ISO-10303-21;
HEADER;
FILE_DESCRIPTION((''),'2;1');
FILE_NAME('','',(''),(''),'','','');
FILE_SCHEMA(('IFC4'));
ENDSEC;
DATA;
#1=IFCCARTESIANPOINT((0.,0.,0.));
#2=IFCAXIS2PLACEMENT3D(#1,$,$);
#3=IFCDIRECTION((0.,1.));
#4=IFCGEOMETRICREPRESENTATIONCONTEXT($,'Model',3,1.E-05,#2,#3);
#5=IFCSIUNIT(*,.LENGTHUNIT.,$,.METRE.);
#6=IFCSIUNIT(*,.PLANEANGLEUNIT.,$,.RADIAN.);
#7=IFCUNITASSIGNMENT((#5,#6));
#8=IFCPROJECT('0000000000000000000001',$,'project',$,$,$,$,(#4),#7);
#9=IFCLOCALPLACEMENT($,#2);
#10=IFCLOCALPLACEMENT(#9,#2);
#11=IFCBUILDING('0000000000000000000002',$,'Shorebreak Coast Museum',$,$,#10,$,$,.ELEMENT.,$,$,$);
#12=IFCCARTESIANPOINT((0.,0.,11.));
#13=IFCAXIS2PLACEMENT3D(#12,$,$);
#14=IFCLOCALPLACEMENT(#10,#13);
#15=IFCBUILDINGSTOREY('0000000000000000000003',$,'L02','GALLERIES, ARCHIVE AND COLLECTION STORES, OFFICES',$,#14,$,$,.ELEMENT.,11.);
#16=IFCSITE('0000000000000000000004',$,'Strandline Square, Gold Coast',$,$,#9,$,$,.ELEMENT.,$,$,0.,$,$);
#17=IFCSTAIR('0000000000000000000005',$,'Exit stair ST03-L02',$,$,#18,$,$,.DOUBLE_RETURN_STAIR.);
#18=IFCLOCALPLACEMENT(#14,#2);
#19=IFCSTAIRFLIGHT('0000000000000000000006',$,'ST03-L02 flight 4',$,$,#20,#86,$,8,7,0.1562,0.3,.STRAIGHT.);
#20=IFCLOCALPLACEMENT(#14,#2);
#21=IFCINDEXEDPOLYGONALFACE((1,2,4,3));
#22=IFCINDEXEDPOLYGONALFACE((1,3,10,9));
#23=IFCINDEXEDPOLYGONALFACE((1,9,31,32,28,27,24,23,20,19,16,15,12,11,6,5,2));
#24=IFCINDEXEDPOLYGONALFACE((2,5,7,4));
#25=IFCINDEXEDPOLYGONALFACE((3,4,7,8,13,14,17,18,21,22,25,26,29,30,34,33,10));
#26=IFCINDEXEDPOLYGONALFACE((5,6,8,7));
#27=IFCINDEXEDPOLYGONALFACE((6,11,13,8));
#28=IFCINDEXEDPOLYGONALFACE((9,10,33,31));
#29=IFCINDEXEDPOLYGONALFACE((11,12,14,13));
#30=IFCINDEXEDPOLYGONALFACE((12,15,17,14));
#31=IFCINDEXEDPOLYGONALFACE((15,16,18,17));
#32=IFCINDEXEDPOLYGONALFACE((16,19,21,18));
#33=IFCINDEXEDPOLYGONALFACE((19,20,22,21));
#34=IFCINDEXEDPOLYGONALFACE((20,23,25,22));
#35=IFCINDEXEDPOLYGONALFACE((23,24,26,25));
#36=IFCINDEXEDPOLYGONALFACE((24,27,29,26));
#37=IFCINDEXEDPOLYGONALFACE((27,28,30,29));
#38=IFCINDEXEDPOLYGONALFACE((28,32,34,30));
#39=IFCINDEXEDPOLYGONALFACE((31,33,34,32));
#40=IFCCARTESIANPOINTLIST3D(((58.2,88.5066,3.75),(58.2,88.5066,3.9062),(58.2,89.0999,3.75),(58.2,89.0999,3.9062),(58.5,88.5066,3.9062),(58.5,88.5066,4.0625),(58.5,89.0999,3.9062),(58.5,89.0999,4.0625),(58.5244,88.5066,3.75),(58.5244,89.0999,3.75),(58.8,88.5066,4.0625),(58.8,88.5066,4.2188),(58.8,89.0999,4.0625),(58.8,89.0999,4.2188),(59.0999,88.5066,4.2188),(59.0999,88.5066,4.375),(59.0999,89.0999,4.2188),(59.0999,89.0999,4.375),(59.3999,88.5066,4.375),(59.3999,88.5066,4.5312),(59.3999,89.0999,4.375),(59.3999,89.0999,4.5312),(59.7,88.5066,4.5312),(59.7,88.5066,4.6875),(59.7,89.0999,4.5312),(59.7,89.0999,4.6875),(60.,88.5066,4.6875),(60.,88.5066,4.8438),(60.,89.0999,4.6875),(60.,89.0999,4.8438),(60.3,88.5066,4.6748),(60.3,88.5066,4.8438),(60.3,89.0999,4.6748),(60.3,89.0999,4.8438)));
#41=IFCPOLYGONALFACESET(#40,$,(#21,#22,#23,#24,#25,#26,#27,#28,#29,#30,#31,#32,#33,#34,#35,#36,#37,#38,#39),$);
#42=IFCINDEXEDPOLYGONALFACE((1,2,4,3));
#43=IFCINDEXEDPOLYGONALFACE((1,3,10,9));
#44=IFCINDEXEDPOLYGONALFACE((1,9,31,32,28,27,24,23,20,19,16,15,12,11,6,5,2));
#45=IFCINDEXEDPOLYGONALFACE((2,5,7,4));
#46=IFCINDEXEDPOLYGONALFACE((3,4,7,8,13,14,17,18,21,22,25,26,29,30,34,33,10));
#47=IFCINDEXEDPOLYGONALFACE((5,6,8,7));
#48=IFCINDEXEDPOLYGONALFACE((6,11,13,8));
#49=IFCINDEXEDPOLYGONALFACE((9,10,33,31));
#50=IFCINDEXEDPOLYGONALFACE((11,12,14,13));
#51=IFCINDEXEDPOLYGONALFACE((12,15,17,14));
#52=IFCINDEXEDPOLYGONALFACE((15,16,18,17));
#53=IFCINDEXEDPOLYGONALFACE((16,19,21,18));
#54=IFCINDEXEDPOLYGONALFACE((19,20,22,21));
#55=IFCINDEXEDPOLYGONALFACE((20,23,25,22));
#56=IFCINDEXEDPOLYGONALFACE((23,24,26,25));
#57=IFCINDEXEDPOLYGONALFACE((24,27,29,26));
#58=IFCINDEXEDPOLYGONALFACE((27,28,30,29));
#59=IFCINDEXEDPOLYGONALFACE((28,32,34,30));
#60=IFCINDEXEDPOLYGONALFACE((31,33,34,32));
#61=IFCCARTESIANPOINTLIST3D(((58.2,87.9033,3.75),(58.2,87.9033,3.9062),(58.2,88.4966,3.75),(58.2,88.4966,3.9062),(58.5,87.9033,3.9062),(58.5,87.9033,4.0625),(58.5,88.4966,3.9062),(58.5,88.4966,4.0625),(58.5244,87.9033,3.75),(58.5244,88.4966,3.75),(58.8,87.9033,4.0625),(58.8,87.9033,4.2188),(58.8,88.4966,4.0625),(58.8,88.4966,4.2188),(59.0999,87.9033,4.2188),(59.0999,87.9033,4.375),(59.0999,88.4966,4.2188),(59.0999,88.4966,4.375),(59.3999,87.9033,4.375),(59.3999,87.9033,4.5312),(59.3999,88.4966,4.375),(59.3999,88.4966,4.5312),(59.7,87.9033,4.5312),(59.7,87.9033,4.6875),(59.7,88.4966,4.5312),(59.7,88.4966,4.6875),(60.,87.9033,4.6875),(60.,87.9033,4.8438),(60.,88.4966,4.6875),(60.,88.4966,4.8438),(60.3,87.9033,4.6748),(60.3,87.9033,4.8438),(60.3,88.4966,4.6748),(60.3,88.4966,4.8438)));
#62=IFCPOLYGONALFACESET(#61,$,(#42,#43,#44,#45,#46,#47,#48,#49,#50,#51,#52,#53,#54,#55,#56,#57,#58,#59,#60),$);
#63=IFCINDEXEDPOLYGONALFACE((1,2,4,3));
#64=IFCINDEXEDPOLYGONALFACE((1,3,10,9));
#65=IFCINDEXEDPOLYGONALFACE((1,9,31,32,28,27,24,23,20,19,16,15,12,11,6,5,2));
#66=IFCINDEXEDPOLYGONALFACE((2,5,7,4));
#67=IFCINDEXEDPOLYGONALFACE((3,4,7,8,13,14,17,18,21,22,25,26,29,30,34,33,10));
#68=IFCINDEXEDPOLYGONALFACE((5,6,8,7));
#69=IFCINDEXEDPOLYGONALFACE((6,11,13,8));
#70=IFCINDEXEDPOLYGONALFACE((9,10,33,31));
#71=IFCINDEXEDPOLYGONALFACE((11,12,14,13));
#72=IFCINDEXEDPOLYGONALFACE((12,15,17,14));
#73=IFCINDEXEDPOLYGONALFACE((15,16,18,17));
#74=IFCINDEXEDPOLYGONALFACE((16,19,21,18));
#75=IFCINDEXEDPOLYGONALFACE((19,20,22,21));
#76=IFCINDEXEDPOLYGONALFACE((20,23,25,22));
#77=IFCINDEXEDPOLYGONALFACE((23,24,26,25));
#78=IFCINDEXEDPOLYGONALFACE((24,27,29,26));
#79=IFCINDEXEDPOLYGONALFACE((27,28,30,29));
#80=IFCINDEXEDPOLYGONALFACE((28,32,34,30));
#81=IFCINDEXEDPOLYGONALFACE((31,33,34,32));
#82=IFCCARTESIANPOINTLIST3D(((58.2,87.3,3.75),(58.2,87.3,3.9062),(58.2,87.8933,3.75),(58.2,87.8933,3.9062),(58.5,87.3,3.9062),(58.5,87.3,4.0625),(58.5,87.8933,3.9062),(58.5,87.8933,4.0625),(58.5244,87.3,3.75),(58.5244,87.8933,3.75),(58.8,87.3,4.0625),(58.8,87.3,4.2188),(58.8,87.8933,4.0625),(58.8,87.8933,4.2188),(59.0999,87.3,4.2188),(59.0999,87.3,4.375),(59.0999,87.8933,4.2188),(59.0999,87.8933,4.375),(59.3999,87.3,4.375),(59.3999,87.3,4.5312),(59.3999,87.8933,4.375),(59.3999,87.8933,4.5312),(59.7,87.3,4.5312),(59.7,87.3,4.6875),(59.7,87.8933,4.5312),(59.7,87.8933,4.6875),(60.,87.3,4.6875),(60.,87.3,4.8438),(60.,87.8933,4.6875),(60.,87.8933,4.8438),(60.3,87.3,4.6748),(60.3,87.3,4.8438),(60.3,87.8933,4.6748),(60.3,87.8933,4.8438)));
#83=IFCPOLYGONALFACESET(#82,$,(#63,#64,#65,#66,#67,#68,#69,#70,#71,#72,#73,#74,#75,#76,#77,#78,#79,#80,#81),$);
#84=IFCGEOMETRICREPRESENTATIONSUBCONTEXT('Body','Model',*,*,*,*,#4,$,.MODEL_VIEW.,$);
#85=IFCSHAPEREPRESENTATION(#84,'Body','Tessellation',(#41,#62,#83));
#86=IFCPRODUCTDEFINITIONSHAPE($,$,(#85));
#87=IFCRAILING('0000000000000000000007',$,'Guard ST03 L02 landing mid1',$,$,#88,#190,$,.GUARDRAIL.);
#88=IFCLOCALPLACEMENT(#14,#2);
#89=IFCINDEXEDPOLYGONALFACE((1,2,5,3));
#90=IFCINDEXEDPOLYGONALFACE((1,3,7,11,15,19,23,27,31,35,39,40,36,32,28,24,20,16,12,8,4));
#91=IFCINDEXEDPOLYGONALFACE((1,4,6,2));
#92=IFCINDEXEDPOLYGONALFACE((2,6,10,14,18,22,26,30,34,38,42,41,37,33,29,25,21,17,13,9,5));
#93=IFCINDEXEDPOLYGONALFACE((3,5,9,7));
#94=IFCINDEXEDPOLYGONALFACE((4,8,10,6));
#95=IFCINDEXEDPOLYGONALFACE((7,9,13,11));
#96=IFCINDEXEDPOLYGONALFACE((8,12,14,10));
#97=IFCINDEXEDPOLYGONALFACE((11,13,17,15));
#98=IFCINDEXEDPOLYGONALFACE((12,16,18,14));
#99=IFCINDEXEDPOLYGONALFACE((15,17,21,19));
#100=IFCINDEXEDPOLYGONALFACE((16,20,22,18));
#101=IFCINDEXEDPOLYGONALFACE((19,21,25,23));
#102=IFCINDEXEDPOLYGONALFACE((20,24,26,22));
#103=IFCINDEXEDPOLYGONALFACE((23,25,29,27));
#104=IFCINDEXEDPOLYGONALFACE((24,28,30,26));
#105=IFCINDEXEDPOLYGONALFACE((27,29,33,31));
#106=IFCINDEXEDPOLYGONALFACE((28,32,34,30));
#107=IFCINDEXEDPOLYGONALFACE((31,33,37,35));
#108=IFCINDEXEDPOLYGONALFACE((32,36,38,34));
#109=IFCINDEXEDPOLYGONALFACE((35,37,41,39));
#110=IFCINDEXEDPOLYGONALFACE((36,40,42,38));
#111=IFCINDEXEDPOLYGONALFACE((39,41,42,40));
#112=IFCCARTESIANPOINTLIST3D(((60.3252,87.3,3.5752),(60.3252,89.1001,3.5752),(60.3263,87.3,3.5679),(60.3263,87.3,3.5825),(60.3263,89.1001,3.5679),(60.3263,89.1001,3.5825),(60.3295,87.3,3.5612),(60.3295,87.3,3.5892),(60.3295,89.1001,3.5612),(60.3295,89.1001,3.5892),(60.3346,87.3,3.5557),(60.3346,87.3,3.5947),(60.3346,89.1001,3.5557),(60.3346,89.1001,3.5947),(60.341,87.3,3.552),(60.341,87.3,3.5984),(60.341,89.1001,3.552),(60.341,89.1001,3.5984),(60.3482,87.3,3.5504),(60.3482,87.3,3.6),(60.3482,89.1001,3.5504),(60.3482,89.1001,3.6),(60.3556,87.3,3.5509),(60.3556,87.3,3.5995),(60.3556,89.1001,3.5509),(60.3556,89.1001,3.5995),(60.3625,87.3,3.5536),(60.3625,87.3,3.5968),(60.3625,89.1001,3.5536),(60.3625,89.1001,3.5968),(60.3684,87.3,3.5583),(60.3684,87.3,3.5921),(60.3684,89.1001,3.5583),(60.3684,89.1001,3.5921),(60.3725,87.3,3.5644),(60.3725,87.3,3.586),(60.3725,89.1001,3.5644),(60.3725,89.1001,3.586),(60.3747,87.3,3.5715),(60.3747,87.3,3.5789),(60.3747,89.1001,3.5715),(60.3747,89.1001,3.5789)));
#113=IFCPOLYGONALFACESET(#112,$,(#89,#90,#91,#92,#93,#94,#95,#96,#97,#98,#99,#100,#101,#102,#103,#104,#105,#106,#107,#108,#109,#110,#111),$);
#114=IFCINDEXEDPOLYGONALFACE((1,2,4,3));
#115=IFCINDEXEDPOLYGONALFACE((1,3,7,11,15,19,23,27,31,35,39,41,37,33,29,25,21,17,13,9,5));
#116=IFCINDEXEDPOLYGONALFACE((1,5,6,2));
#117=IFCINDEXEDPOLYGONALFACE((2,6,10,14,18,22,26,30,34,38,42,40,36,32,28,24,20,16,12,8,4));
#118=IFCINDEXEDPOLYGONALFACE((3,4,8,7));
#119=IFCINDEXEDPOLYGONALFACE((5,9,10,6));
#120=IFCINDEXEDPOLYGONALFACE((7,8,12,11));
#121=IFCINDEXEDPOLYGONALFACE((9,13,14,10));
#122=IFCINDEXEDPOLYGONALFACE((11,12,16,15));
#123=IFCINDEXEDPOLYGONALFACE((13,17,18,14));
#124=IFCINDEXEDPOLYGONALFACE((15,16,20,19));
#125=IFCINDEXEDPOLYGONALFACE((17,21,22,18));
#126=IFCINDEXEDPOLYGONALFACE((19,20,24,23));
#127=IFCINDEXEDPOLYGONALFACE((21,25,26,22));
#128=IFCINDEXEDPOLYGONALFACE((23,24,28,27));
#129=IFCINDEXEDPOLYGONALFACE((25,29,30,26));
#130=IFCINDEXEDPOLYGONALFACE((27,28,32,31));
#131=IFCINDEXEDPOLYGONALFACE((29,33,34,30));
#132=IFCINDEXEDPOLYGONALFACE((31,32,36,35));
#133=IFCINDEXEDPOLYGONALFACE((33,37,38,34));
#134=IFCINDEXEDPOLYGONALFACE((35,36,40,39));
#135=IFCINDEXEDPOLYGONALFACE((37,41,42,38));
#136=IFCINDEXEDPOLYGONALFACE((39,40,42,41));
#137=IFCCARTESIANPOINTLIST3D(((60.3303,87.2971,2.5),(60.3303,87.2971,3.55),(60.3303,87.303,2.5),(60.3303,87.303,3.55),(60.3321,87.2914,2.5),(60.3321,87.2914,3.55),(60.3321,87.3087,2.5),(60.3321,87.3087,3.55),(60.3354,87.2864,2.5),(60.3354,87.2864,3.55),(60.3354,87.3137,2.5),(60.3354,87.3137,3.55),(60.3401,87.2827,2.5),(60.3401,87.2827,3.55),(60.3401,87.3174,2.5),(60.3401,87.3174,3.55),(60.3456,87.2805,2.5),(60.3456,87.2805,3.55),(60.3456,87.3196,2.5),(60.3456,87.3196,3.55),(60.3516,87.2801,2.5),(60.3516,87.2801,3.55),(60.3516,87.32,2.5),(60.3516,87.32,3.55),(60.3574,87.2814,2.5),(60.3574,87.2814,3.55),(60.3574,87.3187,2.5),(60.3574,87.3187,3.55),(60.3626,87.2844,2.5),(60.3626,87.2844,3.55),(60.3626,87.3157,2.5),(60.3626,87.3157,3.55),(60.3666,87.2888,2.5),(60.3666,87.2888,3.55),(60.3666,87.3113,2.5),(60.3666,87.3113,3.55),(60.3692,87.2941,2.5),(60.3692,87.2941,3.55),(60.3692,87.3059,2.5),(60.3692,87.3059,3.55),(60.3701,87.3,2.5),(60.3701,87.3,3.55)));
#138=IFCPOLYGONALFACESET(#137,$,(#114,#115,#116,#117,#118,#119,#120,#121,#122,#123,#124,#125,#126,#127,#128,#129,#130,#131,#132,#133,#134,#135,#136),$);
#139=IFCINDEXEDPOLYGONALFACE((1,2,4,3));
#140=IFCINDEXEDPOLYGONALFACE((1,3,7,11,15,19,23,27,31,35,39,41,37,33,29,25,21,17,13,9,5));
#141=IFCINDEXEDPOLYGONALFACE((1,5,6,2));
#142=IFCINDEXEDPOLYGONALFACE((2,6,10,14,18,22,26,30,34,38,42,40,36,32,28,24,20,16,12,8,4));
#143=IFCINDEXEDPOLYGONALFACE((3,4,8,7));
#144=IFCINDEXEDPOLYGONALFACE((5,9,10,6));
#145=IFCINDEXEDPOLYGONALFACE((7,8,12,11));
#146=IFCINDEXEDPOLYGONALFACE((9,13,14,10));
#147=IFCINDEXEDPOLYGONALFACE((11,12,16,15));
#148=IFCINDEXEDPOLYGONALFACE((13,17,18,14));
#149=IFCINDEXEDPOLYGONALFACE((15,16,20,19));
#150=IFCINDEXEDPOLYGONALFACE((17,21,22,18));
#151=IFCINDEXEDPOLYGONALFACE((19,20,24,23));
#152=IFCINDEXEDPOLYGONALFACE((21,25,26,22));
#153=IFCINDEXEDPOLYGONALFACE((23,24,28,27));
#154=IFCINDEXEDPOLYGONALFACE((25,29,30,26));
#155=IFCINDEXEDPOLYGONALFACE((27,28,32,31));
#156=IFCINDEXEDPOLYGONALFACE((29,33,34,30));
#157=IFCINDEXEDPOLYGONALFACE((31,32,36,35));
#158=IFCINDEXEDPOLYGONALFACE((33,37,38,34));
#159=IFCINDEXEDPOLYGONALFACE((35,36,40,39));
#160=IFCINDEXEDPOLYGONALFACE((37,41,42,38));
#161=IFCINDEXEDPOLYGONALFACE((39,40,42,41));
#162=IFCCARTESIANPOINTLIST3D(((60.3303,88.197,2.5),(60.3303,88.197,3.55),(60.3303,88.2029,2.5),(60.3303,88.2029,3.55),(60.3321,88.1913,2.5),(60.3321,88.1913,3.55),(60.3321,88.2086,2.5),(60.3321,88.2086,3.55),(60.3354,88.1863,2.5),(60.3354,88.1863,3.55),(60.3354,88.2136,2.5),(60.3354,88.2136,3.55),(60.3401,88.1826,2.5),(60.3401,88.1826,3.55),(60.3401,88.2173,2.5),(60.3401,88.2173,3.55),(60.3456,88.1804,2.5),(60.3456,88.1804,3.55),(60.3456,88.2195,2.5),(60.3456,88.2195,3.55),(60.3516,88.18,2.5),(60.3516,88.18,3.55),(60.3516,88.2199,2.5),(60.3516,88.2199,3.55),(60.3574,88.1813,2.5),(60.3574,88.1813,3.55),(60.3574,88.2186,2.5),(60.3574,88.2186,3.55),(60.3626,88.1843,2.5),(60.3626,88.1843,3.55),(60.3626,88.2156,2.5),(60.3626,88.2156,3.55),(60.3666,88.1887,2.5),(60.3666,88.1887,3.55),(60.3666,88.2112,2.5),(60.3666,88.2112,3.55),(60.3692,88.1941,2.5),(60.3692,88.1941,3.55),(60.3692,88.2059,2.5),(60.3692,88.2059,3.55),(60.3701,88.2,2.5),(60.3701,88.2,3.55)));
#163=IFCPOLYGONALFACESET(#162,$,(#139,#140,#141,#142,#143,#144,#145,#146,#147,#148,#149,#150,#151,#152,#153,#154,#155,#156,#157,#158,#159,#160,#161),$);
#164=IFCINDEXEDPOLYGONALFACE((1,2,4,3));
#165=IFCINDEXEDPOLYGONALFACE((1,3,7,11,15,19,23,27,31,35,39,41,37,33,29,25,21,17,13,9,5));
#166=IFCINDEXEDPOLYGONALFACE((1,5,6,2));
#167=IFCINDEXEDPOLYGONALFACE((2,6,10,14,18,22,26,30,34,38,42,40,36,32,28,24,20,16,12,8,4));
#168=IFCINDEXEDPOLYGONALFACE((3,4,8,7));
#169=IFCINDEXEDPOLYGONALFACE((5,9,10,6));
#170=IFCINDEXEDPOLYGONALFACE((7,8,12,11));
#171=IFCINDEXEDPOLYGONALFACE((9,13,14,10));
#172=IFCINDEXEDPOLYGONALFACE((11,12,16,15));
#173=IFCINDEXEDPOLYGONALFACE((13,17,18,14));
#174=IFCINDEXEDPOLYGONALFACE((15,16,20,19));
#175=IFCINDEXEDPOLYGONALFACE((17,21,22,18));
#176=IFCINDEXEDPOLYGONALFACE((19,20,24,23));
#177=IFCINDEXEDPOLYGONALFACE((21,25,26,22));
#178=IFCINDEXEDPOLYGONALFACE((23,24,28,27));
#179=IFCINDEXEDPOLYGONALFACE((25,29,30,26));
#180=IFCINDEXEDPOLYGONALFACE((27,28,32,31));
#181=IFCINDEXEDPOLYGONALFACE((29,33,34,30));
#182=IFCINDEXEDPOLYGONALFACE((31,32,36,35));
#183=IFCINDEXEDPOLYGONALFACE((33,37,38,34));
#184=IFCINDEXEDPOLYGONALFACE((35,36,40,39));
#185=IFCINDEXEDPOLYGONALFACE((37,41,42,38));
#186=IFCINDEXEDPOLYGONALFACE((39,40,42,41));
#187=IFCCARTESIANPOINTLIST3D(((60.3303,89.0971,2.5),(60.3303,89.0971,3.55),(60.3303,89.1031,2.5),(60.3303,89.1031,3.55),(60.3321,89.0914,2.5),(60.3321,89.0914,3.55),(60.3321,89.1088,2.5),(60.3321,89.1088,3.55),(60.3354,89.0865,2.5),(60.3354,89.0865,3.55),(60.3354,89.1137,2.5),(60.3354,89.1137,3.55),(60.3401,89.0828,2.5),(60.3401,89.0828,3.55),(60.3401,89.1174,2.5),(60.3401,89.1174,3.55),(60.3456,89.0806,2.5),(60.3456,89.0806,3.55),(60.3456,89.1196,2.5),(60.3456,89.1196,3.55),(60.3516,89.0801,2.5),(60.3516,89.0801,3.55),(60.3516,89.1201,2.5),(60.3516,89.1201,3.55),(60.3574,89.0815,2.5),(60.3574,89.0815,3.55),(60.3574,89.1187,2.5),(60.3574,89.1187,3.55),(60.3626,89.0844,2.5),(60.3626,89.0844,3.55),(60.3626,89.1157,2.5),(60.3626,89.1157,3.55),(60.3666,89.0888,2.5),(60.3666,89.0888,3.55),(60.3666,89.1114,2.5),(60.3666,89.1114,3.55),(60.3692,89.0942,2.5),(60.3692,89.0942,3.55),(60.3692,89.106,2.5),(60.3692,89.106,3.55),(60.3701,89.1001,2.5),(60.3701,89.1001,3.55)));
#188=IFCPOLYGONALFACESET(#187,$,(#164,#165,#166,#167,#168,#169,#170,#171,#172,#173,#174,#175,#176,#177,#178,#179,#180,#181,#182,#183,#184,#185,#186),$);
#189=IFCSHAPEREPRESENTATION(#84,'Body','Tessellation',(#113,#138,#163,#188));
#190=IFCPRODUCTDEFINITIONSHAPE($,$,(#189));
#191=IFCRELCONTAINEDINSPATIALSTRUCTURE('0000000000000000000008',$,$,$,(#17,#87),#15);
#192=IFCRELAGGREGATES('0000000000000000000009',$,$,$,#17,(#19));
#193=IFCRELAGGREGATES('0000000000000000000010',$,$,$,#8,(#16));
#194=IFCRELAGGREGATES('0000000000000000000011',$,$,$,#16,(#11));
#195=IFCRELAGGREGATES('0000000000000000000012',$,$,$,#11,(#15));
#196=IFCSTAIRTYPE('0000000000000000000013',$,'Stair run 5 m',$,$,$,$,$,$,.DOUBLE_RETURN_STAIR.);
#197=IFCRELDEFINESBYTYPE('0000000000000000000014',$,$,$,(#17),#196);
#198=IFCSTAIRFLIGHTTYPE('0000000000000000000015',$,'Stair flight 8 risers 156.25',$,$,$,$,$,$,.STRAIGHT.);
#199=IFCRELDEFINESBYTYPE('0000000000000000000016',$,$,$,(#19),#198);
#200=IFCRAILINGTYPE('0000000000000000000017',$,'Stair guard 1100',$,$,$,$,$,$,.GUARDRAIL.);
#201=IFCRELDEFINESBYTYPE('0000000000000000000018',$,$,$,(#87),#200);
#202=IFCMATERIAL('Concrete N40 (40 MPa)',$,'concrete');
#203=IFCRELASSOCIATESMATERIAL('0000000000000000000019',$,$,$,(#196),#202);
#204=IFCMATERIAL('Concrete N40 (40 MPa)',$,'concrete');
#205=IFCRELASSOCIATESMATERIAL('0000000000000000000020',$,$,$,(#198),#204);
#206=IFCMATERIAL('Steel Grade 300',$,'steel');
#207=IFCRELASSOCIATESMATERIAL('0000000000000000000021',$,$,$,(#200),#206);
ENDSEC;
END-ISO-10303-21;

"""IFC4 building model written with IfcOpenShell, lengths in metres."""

from ifc_helpers import new_model, si_unit, direction, frame, origin, origin_2d, place, context, subcontext, project, spatial, polyline, circle, outline, extrude, material, type_object, element, aggregate, save


model = new_model("IFC4")

# Units and contexts
model_context = context("Model", 3, precision=1e-05, world=origin(), true_north=direction((0.0, 1.0)))
body_context = subcontext(model_context, "Body", "Model", "MODEL_VIEW")
ifc_project = project(units=[si_unit("LENGTHUNIT", "METRE"), si_unit("PLANEANGLEUNIT", "RADIAN")], contexts=[model_context])

# Site, building, storey
site_placement = place(None, origin())
site = spatial("IfcSite", under=ifc_project, at=site_placement, Name="Strandline Square, Gold Coast", CompositionType="ELEMENT", RefElevation=0.0)
building_placement = place(site_placement, origin())
building = spatial("IfcBuilding", under=site, at=building_placement, Name="Shorebreak Coast Museum", CompositionType="ELEMENT")
storey_placement = place(building_placement, frame((0.0, 0.0, 11.0)))
storey = spatial("IfcBuildingStorey", under=building, at=storey_placement, Name="L02", Description="GALLERIES, ARCHIVE AND COLLECTION STORES, OFFICES", CompositionType="ELEMENT", Elevation=11.0)

# Stair, stair flight
ifc_material_1 = material(Name="Concrete N40 (40 MPa)", Category="concrete")
stair_type = type_object("IfcStairType", Name="Stair run 5 m", PredefinedType="DOUBLE_RETURN_STAIR", material=ifc_material_1)
stair_placement = place(storey_placement, origin())
stair = element("IfcStair", 1, at=stair_placement, inside=storey, type_object=stair_type, Name="Exit stair ST03-L02", PredefinedType="DOUBLE_RETURN_STAIR")
ifc_material_2 = material(Name="Concrete N40 (40 MPa)", Category="concrete")
stair_flight_type = type_object("IfcStairFlightType", Name="Stair flight 8 risers 156.25", PredefinedType="STRAIGHT", material=ifc_material_2)
stair_flight_placement = place(storey_placement, frame((58.2, 88.2, 3.75), z_axis=(0.0, 0.0, 1.0), x_axis=(1.0, 0.0, 0.0)))
stair_flight = element("IfcStairFlight", 2, at=stair_flight_placement, type_object=stair_flight_type, Name="ST03-L02 flight 4", NumberOfRisers=8, NumberOfTreads=7, PredefinedType="STRAIGHT", RiserHeight=0.1562, TreadLength=0.3, context=body_context, shape_type="SweptSolid", body=[
    extrude(outline(polyline([(0.0, 0.0), (0.0, 0.1562), (0.3, 0.1562), (0.3, 0.3125), (0.6001, 0.3125), (0.6001, 0.4688), (0.8999, 0.4688), (0.8999, 0.625), (1.2, 0.625), (1.2, 0.7812), (1.5, 0.7812), (1.5, 0.9375), (1.8, 0.9375), (1.8, 1.0938), (2.1001, 1.0938), (2.1001, 1.25), (2.1001, 0.9248), (0.3245, 0.0), (0.0, 0.0)])), frame((0.0, 0.8999, 0.0), z_axis=(0.0, -1.0, 0.0), x_axis=(1.0, 0.0, 0.0)), (0.0, 0.0, 1.0), 0.5933),
    extrude(outline(polyline([(0.0, 0.0), (0.0, 0.1562), (0.3, 0.1562), (0.3, 0.3125), (0.6001, 0.3125), (0.6001, 0.4688), (0.8999, 0.4688), (0.8999, 0.625), (1.2, 0.625), (1.2, 0.7812), (1.5, 0.7812), (1.5, 0.9375), (1.8, 0.9375), (1.8, 1.0938), (2.1001, 1.0938), (2.1001, 1.25), (2.1001, 0.9248), (0.3245, 0.0), (0.0, 0.0)])), frame((0.0, 0.2966, 0.0), z_axis=(0.0, -1.0, 0.0), x_axis=(1.0, 0.0, 0.0)), (0.0, 0.0, 1.0), 0.5933),
    extrude(outline(polyline([(0.0, 0.0), (0.0, 0.1562), (0.3, 0.1562), (0.3, 0.3125), (0.6001, 0.3125), (0.6001, 0.4688), (0.8999, 0.4688), (0.8999, 0.625), (1.2, 0.625), (1.2, 0.7812), (1.5, 0.7812), (1.5, 0.9375), (1.8, 0.9375), (1.8, 1.0938), (2.1001, 1.0938), (2.1001, 1.25), (2.1001, 0.9248), (0.3245, 0.0), (0.0, 0.0)])), frame((0.0, -0.3066, 0.0), z_axis=(0.0, -1.0, 0.0), x_axis=(1.0, 0.0, 0.0)), (0.0, 0.0, 1.0), 0.5933),
])
aggregate(stair, [stair_flight])

# Railing
ifc_material_3 = material(Name="Steel Grade 300", Category="steel")
railing_type_1 = type_object("IfcRailingType", Name="Stair guard 1100", PredefinedType="GUARDRAIL", material=ifc_material_3)
railing_1_placement = place(storey_placement, frame((60.3501, 87.3, 2.5)))
element("IfcRailing", 3, at=railing_1_placement, inside=storey, type_object=railing_type_1, Name="Guard ST03 L02 landing mid1", PredefinedType="GUARDRAIL", context=body_context, shape_type="SweptSolid", body=[
    extrude(circle(Radius=0.0249, at=origin_2d()), frame((0.0, 0.0, 1.0752), z_axis=(0.0, 1.0, 0.0), x_axis=(-1.0, 0.0, 0.0)), (0.0, 0.0, 1.0), 1.8),
    extrude(circle(Radius=0.02, at=origin_2d()), origin(), (0.0, 0.0, 1.0), 1.05),
    extrude(circle(Radius=0.02, at=origin_2d()), frame((0.0, 0.8999, 0.0)), (0.0, 0.0, 1.0), 1.05),
    extrude(circle(Radius=0.02, at=origin_2d()), frame((0.0, 1.8, 0.0)), (0.0, 0.0, 1.0), 1.05),
])

save(model, "model.ifc")
